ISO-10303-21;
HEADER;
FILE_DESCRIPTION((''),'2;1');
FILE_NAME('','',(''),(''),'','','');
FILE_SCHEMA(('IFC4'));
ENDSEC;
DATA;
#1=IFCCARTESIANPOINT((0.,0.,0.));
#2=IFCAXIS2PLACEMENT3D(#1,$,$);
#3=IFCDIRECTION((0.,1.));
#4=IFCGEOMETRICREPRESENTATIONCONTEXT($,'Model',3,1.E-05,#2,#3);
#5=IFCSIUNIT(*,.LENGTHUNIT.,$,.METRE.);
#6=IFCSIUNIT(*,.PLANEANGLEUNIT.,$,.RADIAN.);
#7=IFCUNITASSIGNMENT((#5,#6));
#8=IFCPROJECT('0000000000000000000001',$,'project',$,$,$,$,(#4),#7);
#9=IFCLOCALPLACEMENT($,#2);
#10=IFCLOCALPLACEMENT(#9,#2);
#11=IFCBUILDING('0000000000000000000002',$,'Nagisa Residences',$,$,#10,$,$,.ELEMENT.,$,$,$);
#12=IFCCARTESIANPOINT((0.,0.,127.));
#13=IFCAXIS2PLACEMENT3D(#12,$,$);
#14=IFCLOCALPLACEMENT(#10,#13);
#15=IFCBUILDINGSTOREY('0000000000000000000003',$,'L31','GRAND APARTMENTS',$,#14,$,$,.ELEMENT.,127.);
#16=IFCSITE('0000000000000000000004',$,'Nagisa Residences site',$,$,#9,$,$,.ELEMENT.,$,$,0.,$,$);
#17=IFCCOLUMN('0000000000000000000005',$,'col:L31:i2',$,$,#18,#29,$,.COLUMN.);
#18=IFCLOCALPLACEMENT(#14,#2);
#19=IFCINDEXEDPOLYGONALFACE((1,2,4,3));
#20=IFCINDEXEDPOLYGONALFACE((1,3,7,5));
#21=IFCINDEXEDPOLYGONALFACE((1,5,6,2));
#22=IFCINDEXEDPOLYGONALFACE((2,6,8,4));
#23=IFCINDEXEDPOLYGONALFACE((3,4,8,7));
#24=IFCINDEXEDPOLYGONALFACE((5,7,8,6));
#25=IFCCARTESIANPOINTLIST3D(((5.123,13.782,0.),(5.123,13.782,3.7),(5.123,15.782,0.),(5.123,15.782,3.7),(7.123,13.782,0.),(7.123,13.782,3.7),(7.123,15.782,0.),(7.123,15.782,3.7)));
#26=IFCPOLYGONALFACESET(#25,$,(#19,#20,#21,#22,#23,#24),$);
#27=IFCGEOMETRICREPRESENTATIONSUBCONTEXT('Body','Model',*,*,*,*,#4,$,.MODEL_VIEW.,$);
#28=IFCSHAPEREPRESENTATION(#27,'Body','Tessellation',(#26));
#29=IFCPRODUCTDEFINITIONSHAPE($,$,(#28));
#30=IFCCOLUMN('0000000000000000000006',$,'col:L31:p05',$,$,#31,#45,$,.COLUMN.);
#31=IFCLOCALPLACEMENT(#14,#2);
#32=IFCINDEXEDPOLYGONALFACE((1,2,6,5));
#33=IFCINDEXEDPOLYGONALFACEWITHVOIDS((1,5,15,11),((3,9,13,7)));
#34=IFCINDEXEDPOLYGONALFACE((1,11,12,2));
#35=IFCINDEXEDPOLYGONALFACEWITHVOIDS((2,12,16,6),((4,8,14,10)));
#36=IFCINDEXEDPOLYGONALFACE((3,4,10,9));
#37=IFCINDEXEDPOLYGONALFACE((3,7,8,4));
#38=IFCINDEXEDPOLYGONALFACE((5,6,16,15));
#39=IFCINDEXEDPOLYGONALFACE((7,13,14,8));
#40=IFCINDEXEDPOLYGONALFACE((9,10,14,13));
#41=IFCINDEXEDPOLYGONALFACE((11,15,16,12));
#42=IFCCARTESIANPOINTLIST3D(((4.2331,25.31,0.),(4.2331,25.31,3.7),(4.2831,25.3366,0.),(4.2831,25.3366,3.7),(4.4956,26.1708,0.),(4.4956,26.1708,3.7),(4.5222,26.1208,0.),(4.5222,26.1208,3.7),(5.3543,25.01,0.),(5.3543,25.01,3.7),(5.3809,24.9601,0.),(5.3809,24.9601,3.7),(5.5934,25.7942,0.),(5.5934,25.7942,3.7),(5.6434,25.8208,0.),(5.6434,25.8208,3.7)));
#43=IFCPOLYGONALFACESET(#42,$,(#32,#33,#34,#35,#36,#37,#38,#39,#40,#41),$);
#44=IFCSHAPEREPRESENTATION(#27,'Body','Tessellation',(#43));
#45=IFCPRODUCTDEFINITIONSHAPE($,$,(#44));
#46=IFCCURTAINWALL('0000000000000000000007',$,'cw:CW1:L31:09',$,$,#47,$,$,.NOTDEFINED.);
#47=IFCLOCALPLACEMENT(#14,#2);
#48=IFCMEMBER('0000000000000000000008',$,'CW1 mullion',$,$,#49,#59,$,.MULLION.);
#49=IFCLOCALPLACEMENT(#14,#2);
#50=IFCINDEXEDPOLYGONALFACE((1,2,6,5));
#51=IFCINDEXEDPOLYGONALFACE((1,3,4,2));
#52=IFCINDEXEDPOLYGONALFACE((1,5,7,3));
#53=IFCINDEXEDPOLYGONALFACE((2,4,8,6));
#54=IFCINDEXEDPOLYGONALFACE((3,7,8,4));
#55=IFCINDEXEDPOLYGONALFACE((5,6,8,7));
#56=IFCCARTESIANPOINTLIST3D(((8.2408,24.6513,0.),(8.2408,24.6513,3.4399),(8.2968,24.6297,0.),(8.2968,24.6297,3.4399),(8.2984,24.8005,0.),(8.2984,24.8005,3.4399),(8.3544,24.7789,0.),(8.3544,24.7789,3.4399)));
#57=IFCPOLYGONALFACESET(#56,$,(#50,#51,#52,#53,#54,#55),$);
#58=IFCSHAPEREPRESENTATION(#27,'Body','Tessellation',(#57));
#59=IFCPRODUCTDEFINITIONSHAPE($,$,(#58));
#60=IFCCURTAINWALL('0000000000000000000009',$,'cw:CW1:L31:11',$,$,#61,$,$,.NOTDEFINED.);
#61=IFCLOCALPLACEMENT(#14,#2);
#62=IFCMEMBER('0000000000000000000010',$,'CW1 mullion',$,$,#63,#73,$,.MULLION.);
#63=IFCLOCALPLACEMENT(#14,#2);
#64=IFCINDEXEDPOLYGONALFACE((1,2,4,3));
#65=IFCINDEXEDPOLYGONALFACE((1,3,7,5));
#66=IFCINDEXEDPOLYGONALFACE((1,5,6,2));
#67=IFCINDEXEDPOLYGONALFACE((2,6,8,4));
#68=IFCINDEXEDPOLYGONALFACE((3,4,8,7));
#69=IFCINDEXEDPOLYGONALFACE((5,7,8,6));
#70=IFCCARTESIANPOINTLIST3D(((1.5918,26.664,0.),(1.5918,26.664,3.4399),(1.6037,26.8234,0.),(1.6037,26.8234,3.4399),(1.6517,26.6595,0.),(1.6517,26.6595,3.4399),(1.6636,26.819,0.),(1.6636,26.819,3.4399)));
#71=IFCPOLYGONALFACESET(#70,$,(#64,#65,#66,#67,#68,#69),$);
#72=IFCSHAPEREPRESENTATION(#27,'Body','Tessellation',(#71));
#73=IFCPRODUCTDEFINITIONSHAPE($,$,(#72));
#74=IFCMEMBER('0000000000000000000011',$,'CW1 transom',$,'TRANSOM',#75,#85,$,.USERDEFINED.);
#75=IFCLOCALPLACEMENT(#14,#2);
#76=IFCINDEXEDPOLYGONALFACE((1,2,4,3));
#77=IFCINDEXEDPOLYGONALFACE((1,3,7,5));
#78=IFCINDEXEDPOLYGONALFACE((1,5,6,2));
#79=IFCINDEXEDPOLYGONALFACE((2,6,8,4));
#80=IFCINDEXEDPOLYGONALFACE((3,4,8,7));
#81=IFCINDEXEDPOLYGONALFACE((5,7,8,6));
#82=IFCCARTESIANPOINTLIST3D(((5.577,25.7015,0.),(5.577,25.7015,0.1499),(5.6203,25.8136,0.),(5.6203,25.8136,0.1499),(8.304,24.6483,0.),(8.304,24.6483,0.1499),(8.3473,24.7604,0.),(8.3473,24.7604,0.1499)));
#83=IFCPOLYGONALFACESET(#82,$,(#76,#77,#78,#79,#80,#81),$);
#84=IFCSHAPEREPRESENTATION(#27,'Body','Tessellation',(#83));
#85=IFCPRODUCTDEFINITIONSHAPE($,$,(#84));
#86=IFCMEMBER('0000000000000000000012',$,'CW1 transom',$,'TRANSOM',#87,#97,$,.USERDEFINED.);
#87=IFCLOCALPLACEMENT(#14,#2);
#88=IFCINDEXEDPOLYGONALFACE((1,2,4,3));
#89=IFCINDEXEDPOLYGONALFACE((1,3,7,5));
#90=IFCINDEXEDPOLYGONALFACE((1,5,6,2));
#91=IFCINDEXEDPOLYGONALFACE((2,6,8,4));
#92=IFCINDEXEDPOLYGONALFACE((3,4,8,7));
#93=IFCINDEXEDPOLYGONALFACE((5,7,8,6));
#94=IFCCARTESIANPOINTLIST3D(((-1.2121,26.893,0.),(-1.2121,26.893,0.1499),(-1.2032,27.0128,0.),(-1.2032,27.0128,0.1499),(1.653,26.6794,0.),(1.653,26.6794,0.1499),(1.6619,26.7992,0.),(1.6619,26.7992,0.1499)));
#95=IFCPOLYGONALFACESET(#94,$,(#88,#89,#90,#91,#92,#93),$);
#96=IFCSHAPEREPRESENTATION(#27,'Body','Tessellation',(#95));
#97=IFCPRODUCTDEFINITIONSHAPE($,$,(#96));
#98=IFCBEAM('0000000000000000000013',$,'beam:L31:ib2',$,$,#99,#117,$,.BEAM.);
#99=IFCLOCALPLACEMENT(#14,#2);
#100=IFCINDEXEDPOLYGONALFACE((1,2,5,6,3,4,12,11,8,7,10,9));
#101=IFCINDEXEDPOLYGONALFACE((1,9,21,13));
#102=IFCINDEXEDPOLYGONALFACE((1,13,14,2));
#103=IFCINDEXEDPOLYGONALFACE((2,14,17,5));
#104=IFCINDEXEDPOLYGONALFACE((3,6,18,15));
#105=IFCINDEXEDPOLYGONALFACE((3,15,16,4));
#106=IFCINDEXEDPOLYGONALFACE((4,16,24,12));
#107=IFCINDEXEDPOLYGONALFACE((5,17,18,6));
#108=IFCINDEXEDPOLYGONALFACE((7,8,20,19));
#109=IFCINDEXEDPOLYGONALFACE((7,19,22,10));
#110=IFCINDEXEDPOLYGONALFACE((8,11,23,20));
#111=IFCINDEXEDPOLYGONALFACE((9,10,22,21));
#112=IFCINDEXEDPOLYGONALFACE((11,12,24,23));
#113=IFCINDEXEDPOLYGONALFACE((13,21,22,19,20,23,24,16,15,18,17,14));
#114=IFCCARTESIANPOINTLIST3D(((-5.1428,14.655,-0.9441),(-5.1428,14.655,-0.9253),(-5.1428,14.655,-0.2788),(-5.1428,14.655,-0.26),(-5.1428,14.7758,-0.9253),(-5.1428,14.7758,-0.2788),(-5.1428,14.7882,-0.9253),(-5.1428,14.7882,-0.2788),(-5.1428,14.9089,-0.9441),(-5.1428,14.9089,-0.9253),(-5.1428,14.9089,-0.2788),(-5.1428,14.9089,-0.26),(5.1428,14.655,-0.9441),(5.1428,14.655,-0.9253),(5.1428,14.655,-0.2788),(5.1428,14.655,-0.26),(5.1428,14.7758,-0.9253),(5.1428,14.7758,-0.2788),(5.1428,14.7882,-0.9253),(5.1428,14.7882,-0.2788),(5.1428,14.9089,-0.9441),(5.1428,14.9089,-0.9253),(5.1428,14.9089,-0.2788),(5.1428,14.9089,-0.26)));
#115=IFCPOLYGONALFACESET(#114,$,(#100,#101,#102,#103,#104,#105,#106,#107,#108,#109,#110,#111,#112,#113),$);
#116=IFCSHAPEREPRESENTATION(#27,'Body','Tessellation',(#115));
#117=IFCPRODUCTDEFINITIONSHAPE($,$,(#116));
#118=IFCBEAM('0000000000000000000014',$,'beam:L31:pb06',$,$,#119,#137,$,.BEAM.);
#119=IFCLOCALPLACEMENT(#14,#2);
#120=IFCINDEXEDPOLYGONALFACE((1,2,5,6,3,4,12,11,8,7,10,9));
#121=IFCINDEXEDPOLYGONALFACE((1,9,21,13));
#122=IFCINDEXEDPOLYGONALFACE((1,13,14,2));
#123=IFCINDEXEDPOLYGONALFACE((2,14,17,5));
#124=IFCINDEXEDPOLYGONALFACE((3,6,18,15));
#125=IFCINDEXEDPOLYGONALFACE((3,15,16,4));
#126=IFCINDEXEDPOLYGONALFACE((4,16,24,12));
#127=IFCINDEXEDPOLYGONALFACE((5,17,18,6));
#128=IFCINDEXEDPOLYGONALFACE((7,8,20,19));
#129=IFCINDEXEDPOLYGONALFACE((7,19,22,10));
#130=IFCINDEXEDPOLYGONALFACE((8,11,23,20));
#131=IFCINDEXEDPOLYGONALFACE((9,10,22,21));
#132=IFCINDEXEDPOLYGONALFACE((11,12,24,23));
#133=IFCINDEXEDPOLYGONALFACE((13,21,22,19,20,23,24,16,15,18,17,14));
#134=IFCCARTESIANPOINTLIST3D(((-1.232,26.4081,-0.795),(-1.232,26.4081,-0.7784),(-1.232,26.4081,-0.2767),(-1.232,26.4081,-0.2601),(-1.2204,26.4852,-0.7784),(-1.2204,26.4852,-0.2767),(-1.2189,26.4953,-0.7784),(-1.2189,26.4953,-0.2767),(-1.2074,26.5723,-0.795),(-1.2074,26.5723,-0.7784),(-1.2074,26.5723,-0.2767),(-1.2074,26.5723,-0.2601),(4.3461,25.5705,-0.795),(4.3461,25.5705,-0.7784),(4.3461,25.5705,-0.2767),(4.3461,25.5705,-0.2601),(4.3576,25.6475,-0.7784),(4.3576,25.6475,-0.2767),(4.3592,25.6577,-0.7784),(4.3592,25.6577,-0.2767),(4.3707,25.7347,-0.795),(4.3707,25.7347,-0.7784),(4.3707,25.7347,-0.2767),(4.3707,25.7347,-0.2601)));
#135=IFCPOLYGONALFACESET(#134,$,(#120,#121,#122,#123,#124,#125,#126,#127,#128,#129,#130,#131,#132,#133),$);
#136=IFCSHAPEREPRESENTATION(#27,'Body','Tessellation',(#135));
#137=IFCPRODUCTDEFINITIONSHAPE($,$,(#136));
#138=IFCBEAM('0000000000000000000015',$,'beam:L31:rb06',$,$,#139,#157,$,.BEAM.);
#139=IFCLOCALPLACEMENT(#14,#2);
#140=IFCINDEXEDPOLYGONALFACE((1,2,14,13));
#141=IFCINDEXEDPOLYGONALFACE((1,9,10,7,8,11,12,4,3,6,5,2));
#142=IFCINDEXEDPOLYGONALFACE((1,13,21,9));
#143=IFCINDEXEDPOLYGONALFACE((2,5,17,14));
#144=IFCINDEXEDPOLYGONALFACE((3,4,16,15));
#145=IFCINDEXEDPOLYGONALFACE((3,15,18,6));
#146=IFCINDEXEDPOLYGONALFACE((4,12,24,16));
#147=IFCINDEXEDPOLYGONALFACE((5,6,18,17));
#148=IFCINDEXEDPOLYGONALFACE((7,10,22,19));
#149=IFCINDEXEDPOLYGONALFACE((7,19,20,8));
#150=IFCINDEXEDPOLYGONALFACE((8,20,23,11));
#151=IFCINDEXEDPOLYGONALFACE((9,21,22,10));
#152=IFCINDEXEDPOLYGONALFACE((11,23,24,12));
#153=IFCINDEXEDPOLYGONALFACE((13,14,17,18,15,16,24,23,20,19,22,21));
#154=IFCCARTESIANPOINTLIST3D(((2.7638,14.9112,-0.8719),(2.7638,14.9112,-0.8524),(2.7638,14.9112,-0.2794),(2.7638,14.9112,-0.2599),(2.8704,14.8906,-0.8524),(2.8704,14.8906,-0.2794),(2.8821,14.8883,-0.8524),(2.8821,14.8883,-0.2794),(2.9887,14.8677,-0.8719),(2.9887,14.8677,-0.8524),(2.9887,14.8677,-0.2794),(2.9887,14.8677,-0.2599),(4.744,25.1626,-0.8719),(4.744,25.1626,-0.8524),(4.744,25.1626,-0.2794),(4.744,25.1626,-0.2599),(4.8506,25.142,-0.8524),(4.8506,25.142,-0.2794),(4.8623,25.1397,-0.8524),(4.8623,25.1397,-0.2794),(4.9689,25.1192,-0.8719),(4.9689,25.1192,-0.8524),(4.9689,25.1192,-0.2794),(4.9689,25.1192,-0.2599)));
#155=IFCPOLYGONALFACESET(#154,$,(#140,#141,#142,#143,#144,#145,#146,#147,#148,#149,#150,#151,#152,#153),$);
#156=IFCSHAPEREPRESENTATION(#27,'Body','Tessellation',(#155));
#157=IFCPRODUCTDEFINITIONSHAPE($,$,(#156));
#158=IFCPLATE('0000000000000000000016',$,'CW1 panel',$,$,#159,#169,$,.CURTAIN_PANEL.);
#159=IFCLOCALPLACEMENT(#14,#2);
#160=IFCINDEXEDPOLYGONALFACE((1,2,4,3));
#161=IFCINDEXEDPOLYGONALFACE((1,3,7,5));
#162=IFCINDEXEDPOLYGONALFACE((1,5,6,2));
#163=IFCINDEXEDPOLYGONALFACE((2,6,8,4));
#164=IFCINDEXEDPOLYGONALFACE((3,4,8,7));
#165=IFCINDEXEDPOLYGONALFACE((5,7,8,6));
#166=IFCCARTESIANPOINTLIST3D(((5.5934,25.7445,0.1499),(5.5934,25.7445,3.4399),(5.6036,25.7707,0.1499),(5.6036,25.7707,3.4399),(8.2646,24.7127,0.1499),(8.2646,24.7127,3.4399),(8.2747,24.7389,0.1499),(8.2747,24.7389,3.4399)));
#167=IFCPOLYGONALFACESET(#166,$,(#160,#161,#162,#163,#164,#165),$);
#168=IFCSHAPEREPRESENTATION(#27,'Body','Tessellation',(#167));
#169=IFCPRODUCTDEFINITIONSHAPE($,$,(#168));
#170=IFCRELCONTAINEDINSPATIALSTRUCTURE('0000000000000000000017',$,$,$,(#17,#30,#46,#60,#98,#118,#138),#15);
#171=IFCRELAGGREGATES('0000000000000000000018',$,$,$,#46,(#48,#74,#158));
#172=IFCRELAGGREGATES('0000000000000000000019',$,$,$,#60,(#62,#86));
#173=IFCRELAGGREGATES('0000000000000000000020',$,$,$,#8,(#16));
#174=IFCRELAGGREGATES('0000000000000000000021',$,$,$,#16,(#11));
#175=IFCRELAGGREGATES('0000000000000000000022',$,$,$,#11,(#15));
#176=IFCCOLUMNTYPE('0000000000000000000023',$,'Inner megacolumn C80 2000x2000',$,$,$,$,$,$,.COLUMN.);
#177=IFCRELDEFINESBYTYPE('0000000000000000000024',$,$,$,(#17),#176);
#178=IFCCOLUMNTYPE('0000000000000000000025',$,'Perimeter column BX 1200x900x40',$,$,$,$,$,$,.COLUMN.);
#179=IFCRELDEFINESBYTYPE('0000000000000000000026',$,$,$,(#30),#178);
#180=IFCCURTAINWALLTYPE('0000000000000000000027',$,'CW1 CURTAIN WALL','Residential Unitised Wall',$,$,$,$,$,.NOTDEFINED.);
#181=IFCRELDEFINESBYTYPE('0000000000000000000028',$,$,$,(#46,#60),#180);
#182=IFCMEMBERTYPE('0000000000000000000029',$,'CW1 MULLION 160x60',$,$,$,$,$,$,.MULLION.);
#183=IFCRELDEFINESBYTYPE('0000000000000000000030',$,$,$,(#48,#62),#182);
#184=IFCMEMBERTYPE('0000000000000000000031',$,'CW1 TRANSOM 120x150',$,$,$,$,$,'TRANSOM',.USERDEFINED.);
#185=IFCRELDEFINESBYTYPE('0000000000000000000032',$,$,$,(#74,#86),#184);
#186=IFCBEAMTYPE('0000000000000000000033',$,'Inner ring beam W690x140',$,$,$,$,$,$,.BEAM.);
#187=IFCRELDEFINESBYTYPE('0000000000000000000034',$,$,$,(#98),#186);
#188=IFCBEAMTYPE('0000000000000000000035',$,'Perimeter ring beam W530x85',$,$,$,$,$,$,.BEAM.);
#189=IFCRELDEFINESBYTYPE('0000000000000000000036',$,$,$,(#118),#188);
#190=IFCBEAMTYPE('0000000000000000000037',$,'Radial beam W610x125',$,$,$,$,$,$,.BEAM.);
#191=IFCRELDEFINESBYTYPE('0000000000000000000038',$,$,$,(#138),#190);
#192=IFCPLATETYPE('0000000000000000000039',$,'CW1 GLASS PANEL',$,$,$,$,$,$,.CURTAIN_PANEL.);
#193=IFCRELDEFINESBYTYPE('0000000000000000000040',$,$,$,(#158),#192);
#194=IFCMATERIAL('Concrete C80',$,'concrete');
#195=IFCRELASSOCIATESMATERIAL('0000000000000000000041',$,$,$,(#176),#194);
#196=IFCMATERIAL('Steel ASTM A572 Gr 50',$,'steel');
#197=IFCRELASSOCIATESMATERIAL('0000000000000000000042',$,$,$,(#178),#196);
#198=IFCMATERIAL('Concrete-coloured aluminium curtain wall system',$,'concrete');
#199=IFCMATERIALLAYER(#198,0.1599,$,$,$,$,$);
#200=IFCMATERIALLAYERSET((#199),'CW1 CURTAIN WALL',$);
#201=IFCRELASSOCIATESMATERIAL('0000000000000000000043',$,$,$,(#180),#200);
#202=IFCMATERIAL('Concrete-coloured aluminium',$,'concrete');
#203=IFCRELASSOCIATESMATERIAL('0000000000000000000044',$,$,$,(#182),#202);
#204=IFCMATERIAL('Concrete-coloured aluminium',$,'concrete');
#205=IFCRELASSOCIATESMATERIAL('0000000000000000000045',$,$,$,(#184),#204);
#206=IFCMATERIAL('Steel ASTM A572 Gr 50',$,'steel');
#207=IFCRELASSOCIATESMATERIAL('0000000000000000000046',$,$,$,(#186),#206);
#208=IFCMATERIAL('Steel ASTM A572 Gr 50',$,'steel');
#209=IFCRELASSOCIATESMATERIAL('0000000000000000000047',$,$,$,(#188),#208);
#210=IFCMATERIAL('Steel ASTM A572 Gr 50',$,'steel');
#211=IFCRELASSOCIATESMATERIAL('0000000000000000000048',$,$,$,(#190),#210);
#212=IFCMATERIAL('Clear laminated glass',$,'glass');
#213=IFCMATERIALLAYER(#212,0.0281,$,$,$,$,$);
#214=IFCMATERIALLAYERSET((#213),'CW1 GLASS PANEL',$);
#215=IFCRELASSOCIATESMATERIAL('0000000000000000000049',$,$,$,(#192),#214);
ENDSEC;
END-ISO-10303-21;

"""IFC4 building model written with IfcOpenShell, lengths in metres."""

from ifc_helpers import new_model, si_unit, direction, frame, origin, origin_2d, place, context, subcontext, project, spatial, rectangle, hollow_rectangle, i_section, extrude, material, layer, layer_set, material_profile, profile_set, type_object, element, aggregate, save


model = new_model("IFC4")

# Units and contexts
model_context = context("Model", 3, precision=1e-05, world=origin(), true_north=direction((0.0, 1.0)))
body_context = subcontext(model_context, "Body", "Model", "MODEL_VIEW")
ifc_project = project(units=[si_unit("LENGTHUNIT", "METRE"), si_unit("PLANEANGLEUNIT", "RADIAN")], contexts=[model_context])

# Site, building, storey
site_placement = place(None, origin())
site = spatial("IfcSite", under=ifc_project, at=site_placement, Name="Nagisa Residences site", CompositionType="ELEMENT", RefElevation=0.0)
building_placement = place(site_placement, origin())
building = spatial("IfcBuilding", under=site, at=building_placement, Name="Nagisa Residences", CompositionType="ELEMENT")
storey_placement = place(building_placement, frame((0.0, 0.0, 127.0)))
storey = spatial("IfcBuildingStorey", under=building, at=storey_placement, Name="L31", Description="GRAND APARTMENTS", CompositionType="ELEMENT", Elevation=127.0)

# Columns
ifc_material_1 = material(Name="Concrete C80", Category="concrete")
ifc_material_profile_1 = material_profile(ifc_material_1, rectangle(XDim=2.0, YDim=2.0, at=origin_2d()), Name="C80 2000x2000")
ifc_profile_set_1 = profile_set([ifc_material_profile_1], Name="Concrete C80")
column_type_1 = type_object("IfcColumnType", Name="Inner megacolumn C80 2000x2000", PredefinedType="COLUMN", material=ifc_profile_set_1)
column_1_placement = place(storey_placement, frame((6.123, 14.782, 0.0), z_axis=(0.0, 0.0, 1.0), x_axis=(1.0, 0.0, 0.0)))
element("IfcColumn", 1, at=column_1_placement, inside=storey, type_object=column_type_1, Name="col:L31:i2", PredefinedType="COLUMN", context=body_context, shape_type="SweptSolid", body=[
    extrude(rectangle(XDim=2.0, YDim=2.0, at=origin_2d()), origin(), (0.0, 0.0, 1.0), 3.7),
])
ifc_material_2 = material(Name="Steel ASTM A572 Gr 50", Category="steel")
ifc_material_profile_2 = material_profile(ifc_material_2, hollow_rectangle(XDim=1.2, YDim=0.8999, WallThickness=0.04, at=origin_2d()), Name="BX 1200x900x40")
ifc_profile_set_2 = profile_set([ifc_material_profile_2], Name="Steel ASTM A572 Gr 50")
column_type_2 = type_object("IfcColumnType", Name="Perimeter column BX 1200x900x40", PredefinedType="COLUMN", material=ifc_profile_set_2)
column_2_placement = place(storey_placement, frame((4.9382, 25.5654, 0.0), z_axis=(0.0, 0.0, 1.0), x_axis=(-0.956525, 0.291652, 0.0)))
element("IfcColumn", 2, at=column_2_placement, inside=storey, type_object=column_type_2, Name="col:L31:p05", PredefinedType="COLUMN", context=body_context, shape_type="SweptSolid", body=[
    extrude(hollow_rectangle(XDim=1.2, YDim=0.8999, WallThickness=0.04, at=origin_2d()), origin(), (0.0, 0.0, 1.0), 3.7),
])

# Curtain walls, members
ifc_material_3 = material(Name="Concrete-coloured aluminium curtain wall system", Category="concrete")
ifc_layer_1 = layer(ifc_material_3, 0.1599)
ifc_layer_set_1 = layer_set([ifc_layer_1], Name="CW1 CURTAIN WALL")
curtain_wall_type = type_object("IfcCurtainWallType", Name="CW1 CURTAIN WALL", Description="Residential Unitised Wall", PredefinedType="NOTDEFINED", material=ifc_layer_set_1)
curtain_wall_1_placement = place(storey_placement, origin())
curtain_wall_1 = element("IfcCurtainWall", 3, at=curtain_wall_1_placement, inside=storey, type_object=curtain_wall_type, Name="cw:CW1:L31:09", PredefinedType="NOTDEFINED")
ifc_material_4 = material(Name="Concrete-coloured aluminium", Category="concrete")
ifc_material_profile_3 = material_profile(ifc_material_4, rectangle(XDim=0.1599, YDim=0.0601, at=origin_2d()), Name="CW1 MULLION 160x60")
ifc_profile_set_3 = profile_set([ifc_material_profile_3], Name="Concrete-coloured aluminium")
member_type_1 = type_object("IfcMemberType", Name="CW1 MULLION 160x60", PredefinedType="MULLION", material=ifc_profile_set_3)
member_1_placement = place(storey_placement, frame((8.2976, 24.7151, 0.0), z_axis=(0.0, 0.0, 1.0), x_axis=(-0.360328, -0.932826, 0.0)))
member_1 = element("IfcMember", 4, at=member_1_placement, type_object=member_type_1, Name="CW1 mullion", PredefinedType="MULLION", context=body_context, shape_type="SweptSolid", body=[
    extrude(rectangle(XDim=0.1599, YDim=0.0601, at=origin_2d()), origin(), (0.0, 0.0, 1.0), 3.4399),
])
curtain_wall_2_placement = place(storey_placement, origin())
curtain_wall_2 = element("IfcCurtainWall", 5, at=curtain_wall_2_placement, inside=storey, type_object=curtain_wall_type, Name="cw:CW1:L31:11", PredefinedType="NOTDEFINED")
member_2_placement = place(storey_placement, frame((1.6277, 26.7415, 0.0), z_axis=(0.0, 0.0, 1.0), x_axis=(-0.074377, -0.99723, 0.0)))
member_2 = element("IfcMember", 6, at=member_2_placement, type_object=member_type_1, Name="CW1 mullion", PredefinedType="MULLION", context=body_context, shape_type="SweptSolid", body=[
    extrude(rectangle(XDim=0.1599, YDim=0.0601, at=origin_2d()), origin(), (0.0, 0.0, 1.0), 3.4399),
])

# Members
ifc_material_5 = material(Name="Concrete-coloured aluminium", Category="concrete")
ifc_material_profile_4 = material_profile(ifc_material_5, rectangle(XDim=0.1201, YDim=0.1499, at=origin_2d()), Name="CW1 TRANSOM 120x150")
ifc_profile_set_4 = profile_set([ifc_material_profile_4], Name="Concrete-coloured aluminium")
member_type_2 = type_object("IfcMemberType", Name="CW1 TRANSOM 120x150", ElementType="TRANSOM", PredefinedType="USERDEFINED", material=ifc_profile_set_4)
member_3_placement = place(storey_placement, frame((8.3257, 24.7043, 0.075), z_axis=(-0.932845, 0.360277, 0.0), x_axis=(-0.360277, -0.932845, 0.0)))
member_3 = element("IfcMember", 7, at=member_3_placement, type_object=member_type_2, Name="CW1 transom", ObjectType="TRANSOM", PredefinedType="USERDEFINED", context=body_context, shape_type="SweptSolid", body=[
    extrude(rectangle(XDim=0.1201, YDim=0.1499, at=origin_2d()), origin(), (0.0, 0.0, 1.0), 2.9233),
])
member_4_placement = place(storey_placement, frame((1.6575, 26.7393, 0.075), z_axis=(-0.997232, 0.074357, 0.0), x_axis=(-0.074357, -0.997232, 0.0)))
member_4 = element("IfcMember", 8, at=member_4_placement, type_object=member_type_2, Name="CW1 transom", ObjectType="TRANSOM", PredefinedType="USERDEFINED", context=body_context, shape_type="SweptSolid", body=[
    extrude(rectangle(XDim=0.1201, YDim=0.1499, at=origin_2d()), origin(), (0.0, 0.0, 1.0), 2.873),
])

# Beams
ifc_material_6 = material(Name="Steel ASTM A572 Gr 50", Category="steel")
ifc_material_profile_5 = material_profile(ifc_material_6, i_section(OverallWidth=0.2539, OverallDepth=0.6841, WebThickness=0.0125, FlangeThickness=0.0188, at=origin_2d()), Name="W690x140")
ifc_profile_set_5 = profile_set([ifc_material_profile_5], Name="Steel ASTM A572 Gr 50")
beam_type_1 = type_object("IfcBeamType", Name="Inner ring beam W690x140", PredefinedType="BEAM", material=ifc_profile_set_5)
beam_1_placement = place(storey_placement, frame((5.1428, 14.782, -0.6021), z_axis=(-1.0, 0.0, 0.0), x_axis=(0.0, -1.0, 0.0)))
element("IfcBeam", 9, at=beam_1_placement, inside=storey, type_object=beam_type_1, Name="beam:L31:ib2", PredefinedType="BEAM", context=body_context, shape_type="SweptSolid", body=[
    extrude(i_section(OverallWidth=0.2539, OverallDepth=0.6841, WebThickness=0.0125, FlangeThickness=0.0188, at=origin_2d()), origin(), (0.0, 0.0, 1.0), 10.2856),
])
ifc_material_7 = material(Name="Steel ASTM A572 Gr 50", Category="steel")
ifc_material_profile_6 = material_profile(ifc_material_7, i_section(OverallWidth=0.166, OverallDepth=0.5349, WebThickness=0.0103, FlangeThickness=0.0166, at=origin_2d()), Name="W530x85")
ifc_profile_set_6 = profile_set([ifc_material_profile_6], Name="Steel ASTM A572 Gr 50")
beam_type_2 = type_object("IfcBeamType", Name="Perimeter ring beam W530x85", PredefinedType="BEAM", material=ifc_profile_set_6)
beam_2_placement = place(storey_placement, frame((4.3584, 25.6526, -0.5276), z_axis=(-0.988912, 0.148501, 0.0), x_axis=(-0.148501, -0.988912, 0.0)))
element("IfcBeam", 10, at=beam_2_placement, inside=storey, type_object=beam_type_2, Name="beam:L31:pb06", PredefinedType="BEAM", context=body_context, shape_type="SweptSolid", body=[
    extrude(i_section(OverallWidth=0.166, OverallDepth=0.5349, WebThickness=0.0103, FlangeThickness=0.0166, at=origin_2d()), origin(), (0.0, 0.0, 1.0), 5.6406),
])
ifc_material_8 = material(Name="Steel ASTM A572 Gr 50", Category="steel")
ifc_material_profile_7 = material_profile(ifc_material_8, i_section(OverallWidth=0.229, OverallDepth=0.6121, WebThickness=0.012, FlangeThickness=0.0195, at=origin_2d()), Name="W610x125")
ifc_profile_set_7 = profile_set([ifc_material_profile_7], Name="Steel ASTM A572 Gr 50")
beam_type_3 = type_object("IfcBeamType", Name="Radial beam W610x125", PredefinedType="BEAM", material=ifc_profile_set_7)
beam_3_placement = place(storey_placement, frame((4.8564, 25.1409, -0.5659), z_axis=(-0.189659, -0.98185, 0.0), x_axis=(0.98185, -0.189659, 0.0)))
element("IfcBeam", 11, at=beam_3_placement, inside=storey, type_object=beam_type_3, Name="beam:L31:rb06", PredefinedType="BEAM", context=body_context, shape_type="SweptSolid", body=[
    extrude(i_section(OverallWidth=0.229, OverallDepth=0.6121, WebThickness=0.012, FlangeThickness=0.0195, at=origin_2d()), origin(), (0.0, 0.0, 1.0), 10.4409),
])

# Plate
ifc_material_9 = material(Name="Clear laminated glass", Category="glass")
ifc_layer_2 = layer(ifc_material_9, 0.0281)
ifc_layer_set_2 = layer_set([ifc_layer_2], Name="CW1 GLASS PANEL")
plate_type = type_object("IfcPlateType", Name="CW1 GLASS PANEL", PredefinedType="CURTAIN_PANEL", material=ifc_layer_set_2)
plate_1_placement = place(storey_placement, frame((6.9341, 25.2417, 0.1499), z_axis=(0.0, 0.0, 1.0), x_axis=(-0.932826, 0.360328, 0.0)))
plate_1 = element("IfcPlate", 12, at=plate_1_placement, type_object=plate_type, Name="CW1 panel", PredefinedType="CURTAIN_PANEL", context=body_context, shape_type="SweptSolid", body=[
    extrude(rectangle(XDim=2.8635, YDim=0.0281, at=origin_2d()), origin(), (0.0, 0.0, 1.0), 3.29),
])
aggregate(curtain_wall_1, [member_1, member_3, plate_1])
aggregate(curtain_wall_2, [member_2, member_4])

save(model, "model.ifc")
